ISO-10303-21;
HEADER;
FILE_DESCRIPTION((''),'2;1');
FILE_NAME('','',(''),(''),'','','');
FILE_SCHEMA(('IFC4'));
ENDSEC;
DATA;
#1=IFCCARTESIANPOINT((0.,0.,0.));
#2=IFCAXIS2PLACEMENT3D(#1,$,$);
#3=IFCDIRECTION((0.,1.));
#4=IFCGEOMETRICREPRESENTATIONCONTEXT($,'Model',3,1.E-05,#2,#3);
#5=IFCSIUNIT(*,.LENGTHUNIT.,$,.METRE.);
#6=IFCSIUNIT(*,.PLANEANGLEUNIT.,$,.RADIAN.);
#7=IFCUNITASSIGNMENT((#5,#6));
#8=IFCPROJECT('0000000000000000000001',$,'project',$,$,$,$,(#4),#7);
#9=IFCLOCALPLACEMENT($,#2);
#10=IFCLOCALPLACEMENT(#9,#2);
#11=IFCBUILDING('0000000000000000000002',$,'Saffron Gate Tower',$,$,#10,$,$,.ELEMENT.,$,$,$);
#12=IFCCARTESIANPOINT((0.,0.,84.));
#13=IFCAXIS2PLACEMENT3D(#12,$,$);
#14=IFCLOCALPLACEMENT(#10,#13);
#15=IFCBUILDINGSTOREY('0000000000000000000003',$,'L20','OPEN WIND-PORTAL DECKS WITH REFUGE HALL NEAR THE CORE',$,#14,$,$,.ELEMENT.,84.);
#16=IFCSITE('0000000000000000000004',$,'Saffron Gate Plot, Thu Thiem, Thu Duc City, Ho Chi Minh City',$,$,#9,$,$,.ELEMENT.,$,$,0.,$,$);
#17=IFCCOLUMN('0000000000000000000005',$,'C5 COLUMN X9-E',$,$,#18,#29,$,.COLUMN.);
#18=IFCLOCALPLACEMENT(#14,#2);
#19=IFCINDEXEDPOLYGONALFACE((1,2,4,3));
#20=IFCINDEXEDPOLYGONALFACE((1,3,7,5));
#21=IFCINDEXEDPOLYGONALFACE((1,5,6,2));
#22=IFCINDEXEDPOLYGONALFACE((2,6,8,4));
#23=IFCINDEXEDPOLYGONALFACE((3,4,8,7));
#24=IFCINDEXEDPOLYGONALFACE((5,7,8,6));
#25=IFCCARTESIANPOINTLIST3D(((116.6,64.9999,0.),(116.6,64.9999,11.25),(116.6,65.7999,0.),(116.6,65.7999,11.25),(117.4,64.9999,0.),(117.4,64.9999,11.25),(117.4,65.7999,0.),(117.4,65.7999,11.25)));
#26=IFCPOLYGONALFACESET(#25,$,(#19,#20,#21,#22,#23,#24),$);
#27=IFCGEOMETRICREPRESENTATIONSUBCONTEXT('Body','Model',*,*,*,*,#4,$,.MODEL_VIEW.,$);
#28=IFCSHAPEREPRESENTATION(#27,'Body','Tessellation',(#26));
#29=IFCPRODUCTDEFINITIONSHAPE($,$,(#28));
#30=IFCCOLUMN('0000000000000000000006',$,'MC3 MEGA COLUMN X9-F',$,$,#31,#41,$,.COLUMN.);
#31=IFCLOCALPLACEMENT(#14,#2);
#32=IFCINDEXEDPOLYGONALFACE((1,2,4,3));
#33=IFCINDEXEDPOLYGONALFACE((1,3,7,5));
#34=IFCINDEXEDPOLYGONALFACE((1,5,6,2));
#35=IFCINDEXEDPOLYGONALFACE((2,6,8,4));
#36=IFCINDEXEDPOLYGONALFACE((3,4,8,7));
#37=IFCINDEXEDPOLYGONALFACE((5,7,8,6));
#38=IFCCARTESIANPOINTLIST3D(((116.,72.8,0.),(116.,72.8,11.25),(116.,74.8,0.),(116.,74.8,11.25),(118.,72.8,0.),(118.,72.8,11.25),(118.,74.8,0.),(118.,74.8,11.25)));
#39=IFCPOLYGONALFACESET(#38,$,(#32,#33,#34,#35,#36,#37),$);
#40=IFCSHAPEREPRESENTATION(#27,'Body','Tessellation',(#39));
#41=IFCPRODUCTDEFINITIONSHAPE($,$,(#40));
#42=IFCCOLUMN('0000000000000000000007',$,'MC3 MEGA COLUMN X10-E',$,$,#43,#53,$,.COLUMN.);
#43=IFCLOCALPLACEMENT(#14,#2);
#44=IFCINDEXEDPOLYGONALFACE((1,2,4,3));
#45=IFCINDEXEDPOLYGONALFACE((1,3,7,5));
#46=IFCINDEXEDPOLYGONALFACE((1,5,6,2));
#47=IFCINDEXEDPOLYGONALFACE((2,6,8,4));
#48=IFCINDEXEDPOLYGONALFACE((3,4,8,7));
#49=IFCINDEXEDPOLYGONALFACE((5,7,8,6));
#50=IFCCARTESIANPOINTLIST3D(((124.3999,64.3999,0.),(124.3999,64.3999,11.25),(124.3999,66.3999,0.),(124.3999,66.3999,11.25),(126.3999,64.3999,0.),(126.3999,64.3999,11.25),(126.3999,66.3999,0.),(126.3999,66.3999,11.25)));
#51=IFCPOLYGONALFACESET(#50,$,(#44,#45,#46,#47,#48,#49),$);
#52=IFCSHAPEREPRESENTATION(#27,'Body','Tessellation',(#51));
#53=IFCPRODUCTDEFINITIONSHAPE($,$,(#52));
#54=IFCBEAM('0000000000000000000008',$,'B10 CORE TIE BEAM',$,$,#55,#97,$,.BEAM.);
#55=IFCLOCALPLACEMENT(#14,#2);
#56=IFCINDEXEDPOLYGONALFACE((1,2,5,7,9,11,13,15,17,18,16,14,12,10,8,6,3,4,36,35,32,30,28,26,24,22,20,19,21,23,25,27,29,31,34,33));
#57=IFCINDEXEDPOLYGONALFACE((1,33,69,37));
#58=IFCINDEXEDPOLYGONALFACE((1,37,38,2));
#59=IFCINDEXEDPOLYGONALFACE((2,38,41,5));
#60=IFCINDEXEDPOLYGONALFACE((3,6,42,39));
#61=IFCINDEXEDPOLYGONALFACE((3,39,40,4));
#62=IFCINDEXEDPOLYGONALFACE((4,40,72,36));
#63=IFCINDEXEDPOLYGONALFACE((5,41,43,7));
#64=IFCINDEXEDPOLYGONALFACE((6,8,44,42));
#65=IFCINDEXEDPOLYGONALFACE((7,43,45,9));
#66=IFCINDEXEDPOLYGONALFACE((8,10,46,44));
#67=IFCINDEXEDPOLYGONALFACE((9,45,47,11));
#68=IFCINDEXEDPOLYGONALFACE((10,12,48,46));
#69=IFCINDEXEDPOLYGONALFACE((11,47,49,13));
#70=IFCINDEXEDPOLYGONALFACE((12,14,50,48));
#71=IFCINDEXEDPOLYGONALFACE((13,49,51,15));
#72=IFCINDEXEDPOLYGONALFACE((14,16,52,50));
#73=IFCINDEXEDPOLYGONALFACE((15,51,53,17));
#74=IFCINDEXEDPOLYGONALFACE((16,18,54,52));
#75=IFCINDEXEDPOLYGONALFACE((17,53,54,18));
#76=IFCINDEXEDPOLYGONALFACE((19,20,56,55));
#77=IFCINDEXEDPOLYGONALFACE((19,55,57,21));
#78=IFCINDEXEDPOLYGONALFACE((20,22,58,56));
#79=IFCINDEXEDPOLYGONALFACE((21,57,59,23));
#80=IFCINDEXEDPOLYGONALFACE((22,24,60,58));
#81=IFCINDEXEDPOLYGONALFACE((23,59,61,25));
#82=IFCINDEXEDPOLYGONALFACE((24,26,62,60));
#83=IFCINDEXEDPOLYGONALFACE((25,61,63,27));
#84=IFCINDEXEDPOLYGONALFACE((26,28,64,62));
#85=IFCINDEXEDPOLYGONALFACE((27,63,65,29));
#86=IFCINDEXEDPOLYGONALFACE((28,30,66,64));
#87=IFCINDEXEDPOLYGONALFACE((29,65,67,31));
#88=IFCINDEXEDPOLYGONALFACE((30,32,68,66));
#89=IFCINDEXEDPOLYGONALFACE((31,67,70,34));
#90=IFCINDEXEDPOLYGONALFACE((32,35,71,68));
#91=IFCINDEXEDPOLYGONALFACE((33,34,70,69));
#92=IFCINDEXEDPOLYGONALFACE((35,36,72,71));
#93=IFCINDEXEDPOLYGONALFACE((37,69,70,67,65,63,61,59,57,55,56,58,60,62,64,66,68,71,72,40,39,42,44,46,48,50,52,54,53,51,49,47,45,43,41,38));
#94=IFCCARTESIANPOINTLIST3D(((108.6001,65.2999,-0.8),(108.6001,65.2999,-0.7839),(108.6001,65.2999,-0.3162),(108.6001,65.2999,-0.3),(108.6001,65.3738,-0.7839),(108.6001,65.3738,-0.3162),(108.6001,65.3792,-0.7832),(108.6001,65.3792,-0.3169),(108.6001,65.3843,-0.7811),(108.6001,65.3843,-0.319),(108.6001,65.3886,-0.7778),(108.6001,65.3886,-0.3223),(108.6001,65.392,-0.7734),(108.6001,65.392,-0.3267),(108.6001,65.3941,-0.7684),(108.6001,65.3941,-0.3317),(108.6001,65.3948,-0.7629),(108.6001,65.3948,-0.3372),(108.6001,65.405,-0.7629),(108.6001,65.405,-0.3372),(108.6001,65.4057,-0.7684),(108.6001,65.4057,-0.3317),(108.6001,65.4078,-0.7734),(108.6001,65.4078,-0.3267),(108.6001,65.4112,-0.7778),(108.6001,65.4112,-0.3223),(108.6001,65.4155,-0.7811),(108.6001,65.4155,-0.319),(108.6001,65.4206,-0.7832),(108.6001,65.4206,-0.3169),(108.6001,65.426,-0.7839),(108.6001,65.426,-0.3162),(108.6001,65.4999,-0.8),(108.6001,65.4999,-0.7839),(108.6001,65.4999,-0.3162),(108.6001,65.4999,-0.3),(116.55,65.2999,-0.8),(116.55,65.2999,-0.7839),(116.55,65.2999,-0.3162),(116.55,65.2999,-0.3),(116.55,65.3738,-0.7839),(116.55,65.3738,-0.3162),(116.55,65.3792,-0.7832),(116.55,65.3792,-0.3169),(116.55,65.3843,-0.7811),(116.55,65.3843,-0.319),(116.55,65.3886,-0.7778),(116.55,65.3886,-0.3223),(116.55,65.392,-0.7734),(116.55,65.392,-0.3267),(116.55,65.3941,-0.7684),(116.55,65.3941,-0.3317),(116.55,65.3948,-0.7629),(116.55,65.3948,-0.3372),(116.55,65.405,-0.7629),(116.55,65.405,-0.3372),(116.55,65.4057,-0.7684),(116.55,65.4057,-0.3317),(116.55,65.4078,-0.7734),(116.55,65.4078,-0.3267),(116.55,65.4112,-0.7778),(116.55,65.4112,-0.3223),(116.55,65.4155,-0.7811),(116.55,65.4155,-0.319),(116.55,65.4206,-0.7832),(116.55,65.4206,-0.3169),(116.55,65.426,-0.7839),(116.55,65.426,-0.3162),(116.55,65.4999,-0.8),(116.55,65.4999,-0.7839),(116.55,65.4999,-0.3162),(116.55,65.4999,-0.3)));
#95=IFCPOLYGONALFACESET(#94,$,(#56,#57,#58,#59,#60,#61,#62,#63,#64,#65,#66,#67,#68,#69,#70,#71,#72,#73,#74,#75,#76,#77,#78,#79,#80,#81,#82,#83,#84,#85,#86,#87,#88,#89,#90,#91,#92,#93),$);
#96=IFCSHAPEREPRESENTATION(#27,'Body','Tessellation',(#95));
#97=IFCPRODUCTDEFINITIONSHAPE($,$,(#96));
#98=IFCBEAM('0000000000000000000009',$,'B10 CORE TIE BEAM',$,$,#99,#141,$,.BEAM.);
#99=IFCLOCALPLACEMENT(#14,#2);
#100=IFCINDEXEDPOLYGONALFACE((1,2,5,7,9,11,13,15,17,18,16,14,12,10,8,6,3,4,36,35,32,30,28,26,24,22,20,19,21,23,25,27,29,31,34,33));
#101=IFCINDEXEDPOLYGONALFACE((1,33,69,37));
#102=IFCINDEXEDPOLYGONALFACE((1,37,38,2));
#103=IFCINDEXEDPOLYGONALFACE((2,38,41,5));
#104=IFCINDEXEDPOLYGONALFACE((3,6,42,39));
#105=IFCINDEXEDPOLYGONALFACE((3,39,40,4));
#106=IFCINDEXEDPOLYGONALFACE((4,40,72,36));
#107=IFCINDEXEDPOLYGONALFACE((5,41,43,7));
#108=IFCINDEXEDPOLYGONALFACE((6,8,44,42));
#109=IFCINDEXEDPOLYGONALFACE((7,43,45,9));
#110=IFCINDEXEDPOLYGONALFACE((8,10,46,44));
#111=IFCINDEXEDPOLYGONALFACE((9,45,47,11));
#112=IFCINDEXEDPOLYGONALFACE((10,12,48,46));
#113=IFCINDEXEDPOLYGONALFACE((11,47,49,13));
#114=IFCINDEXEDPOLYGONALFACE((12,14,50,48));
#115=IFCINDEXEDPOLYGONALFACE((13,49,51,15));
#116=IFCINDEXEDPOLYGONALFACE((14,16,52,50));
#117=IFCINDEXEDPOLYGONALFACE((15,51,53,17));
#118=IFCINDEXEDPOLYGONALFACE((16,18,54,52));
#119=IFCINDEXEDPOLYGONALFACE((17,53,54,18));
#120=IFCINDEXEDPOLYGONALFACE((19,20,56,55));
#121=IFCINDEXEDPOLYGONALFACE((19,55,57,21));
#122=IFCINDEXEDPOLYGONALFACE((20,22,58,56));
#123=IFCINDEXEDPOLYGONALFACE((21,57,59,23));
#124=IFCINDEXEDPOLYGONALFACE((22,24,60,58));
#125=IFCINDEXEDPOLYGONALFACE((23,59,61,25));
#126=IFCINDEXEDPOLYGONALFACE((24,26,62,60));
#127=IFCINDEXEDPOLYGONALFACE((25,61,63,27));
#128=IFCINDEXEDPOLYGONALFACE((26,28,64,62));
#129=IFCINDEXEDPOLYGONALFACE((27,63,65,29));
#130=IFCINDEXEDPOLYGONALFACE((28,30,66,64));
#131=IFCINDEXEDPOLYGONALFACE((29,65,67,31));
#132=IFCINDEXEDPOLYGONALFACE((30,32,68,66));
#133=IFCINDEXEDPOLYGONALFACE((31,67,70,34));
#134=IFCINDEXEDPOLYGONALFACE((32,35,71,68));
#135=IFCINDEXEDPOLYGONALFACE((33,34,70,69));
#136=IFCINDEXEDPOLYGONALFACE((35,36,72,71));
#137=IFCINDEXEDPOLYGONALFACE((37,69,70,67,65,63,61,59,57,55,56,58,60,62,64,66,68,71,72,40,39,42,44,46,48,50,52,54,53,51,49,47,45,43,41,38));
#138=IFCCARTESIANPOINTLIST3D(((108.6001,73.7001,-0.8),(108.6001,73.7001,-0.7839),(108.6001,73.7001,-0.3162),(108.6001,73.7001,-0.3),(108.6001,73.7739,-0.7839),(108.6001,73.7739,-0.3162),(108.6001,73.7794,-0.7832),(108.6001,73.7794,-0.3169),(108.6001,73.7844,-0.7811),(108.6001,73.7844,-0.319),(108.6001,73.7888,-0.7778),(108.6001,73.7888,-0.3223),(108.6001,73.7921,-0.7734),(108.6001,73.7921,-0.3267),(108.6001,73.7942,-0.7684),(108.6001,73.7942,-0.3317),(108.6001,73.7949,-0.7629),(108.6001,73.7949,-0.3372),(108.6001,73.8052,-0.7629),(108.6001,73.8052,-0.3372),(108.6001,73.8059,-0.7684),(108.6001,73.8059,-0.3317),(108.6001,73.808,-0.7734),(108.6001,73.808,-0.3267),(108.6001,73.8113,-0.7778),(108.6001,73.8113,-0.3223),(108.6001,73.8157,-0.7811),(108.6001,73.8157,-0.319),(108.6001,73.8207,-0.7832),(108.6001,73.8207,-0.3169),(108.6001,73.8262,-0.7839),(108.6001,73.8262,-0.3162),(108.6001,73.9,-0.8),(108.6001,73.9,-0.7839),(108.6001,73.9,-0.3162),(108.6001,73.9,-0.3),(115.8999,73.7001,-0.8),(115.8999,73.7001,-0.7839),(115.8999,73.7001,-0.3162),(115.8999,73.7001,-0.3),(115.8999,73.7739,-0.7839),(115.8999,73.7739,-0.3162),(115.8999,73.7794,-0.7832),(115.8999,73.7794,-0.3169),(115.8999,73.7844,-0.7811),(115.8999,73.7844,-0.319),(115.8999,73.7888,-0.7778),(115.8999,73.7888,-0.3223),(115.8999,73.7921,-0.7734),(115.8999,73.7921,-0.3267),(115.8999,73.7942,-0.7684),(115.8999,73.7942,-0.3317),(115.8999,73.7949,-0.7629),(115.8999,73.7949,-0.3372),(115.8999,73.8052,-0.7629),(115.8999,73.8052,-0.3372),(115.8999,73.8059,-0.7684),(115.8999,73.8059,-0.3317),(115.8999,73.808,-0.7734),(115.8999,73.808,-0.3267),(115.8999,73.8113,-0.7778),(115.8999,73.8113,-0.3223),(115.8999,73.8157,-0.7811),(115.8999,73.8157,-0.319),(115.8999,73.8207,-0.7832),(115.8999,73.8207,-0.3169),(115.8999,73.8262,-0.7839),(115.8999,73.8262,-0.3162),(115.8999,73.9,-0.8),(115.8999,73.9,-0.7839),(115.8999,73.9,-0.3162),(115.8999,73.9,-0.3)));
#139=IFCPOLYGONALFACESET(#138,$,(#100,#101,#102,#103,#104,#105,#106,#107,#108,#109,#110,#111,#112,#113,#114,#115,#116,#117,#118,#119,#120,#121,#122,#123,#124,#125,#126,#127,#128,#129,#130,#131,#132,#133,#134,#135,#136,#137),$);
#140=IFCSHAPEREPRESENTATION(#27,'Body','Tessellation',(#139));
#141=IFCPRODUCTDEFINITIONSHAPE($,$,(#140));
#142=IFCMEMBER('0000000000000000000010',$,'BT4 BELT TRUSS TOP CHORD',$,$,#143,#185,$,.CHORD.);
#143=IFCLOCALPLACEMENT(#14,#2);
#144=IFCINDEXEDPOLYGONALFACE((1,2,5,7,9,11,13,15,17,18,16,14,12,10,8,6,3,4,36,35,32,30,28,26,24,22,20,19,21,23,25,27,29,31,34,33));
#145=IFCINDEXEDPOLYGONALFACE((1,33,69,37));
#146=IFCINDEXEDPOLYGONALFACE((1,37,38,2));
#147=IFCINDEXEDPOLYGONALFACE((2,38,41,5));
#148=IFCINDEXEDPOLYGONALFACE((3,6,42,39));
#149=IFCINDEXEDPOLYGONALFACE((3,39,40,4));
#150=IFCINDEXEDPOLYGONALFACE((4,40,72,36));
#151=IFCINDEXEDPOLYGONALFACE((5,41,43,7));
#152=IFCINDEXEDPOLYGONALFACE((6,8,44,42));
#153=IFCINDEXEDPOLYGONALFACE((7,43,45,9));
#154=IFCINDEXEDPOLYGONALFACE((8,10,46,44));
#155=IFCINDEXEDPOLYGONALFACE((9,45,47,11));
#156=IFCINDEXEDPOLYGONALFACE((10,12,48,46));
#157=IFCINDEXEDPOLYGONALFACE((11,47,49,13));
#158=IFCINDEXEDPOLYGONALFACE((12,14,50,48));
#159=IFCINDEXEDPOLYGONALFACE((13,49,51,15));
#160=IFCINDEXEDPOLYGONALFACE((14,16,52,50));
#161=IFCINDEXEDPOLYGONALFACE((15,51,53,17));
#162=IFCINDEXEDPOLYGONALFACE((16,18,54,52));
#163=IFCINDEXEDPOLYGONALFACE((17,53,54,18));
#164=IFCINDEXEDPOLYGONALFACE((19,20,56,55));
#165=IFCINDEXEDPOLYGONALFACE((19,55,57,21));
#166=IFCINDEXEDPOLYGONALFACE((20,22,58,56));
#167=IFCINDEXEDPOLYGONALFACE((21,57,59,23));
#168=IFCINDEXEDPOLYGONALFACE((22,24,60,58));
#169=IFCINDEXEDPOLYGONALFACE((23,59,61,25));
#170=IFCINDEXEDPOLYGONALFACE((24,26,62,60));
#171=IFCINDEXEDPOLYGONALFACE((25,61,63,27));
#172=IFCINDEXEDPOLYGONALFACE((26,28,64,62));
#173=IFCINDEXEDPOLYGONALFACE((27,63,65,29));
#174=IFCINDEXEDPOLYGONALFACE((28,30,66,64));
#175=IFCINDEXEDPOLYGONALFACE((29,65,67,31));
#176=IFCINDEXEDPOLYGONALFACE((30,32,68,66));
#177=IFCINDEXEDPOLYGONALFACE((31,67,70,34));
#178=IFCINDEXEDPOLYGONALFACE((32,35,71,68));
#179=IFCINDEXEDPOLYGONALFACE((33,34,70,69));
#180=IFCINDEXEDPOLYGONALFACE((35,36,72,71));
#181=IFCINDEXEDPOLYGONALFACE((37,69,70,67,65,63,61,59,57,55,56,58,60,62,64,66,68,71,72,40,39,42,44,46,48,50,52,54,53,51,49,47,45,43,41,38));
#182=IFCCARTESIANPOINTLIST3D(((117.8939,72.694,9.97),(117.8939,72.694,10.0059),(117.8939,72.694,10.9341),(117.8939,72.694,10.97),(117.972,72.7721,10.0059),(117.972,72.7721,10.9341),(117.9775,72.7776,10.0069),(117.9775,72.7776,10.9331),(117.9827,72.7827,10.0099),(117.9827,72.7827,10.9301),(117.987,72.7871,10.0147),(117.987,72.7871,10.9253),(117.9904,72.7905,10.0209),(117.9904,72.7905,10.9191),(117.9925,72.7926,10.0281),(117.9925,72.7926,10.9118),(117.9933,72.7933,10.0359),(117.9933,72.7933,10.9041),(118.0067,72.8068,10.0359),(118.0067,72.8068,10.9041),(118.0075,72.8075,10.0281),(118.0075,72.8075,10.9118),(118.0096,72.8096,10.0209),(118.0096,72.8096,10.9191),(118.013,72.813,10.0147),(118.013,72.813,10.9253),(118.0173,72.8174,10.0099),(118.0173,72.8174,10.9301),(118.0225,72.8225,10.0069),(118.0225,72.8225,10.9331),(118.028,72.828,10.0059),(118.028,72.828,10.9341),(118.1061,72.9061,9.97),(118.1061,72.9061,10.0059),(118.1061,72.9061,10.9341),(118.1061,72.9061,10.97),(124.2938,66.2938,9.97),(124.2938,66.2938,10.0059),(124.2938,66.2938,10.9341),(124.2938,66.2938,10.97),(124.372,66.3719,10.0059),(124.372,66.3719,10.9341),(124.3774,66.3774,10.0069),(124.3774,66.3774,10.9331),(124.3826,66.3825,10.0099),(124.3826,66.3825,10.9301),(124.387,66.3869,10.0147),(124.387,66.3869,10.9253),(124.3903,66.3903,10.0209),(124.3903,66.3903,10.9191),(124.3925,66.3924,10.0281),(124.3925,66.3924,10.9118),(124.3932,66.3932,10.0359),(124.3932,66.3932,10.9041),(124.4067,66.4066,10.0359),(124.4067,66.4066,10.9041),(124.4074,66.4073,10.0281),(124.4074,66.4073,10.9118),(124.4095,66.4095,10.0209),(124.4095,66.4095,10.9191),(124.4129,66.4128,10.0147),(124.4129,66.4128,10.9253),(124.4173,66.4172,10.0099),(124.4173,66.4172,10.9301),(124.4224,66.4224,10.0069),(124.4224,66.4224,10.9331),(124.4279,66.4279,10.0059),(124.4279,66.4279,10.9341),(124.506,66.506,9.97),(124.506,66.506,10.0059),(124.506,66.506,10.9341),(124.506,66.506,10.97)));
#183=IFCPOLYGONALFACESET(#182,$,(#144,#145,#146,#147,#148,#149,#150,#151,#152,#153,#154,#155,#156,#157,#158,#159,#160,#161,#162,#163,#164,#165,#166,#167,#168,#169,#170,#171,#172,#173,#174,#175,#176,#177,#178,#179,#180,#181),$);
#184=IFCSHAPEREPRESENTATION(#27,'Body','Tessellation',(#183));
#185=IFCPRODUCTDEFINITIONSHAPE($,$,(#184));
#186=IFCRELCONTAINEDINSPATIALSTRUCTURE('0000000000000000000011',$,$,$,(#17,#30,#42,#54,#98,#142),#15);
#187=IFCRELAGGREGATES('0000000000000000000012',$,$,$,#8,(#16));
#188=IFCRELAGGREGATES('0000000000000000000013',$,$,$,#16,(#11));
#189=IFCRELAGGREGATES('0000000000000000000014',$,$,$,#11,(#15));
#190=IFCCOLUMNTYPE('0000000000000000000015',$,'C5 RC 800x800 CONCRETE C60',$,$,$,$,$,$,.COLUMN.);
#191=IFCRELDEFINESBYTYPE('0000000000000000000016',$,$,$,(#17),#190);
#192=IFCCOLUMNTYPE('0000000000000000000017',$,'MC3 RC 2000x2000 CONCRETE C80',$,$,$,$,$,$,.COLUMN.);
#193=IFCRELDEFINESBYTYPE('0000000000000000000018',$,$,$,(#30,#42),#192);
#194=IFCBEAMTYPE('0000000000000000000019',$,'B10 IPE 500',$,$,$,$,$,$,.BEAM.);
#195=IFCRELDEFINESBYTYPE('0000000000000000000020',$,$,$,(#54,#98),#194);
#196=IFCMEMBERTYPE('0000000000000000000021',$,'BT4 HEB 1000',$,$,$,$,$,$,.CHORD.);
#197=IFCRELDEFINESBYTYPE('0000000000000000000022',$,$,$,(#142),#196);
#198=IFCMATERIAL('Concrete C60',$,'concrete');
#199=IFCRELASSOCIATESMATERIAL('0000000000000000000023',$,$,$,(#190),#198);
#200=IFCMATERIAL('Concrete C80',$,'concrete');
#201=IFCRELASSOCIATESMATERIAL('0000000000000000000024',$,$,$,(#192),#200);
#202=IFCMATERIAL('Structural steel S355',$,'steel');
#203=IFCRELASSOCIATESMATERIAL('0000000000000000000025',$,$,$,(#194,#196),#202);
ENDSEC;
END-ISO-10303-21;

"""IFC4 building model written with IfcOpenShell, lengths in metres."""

from ifc_helpers import new_model, si_unit, direction, frame, origin, origin_2d, place, context, subcontext, project, spatial, rectangle, i_section, extrude, material, material_profile, profile_set, type_object, element, save


model = new_model("IFC4")

# Units and contexts
model_context = context("Model", 3, precision=1e-05, world=origin(), true_north=direction((0.0, 1.0)))
body_context = subcontext(model_context, "Body", "Model", "MODEL_VIEW")
ifc_project = project(units=[si_unit("LENGTHUNIT", "METRE"), si_unit("PLANEANGLEUNIT", "RADIAN")], contexts=[model_context])

# Site, building, storey
site_placement = place(None, origin())
site = spatial("IfcSite", under=ifc_project, at=site_placement, Name="Saffron Gate Plot, Thu Thiem, Thu Duc City, Ho Chi Minh City", CompositionType="ELEMENT", RefElevation=0.0)
building_placement = place(site_placement, origin())
building = spatial("IfcBuilding", under=site, at=building_placement, Name="Saffron Gate Tower", CompositionType="ELEMENT")
storey_placement = place(building_placement, frame((0.0, 0.0, 84.0)))
storey = spatial("IfcBuildingStorey", under=building, at=storey_placement, Name="L20", Description="OPEN WIND-PORTAL DECKS WITH REFUGE HALL NEAR THE CORE", CompositionType="ELEMENT", Elevation=84.0)

# Columns
ifc_material_1 = material(Name="Concrete C60", Category="concrete")
ifc_material_profile_1 = material_profile(ifc_material_1, rectangle(XDim=0.8, YDim=0.8, at=origin_2d()))
ifc_profile_set_1 = profile_set([ifc_material_profile_1], Name="Concrete C60")
column_type_1 = type_object("IfcColumnType", Name="C5 RC 800x800 CONCRETE C60", PredefinedType="COLUMN", material=ifc_profile_set_1)
column_placement = place(storey_placement, frame((117.0, 65.3999, 0.0), z_axis=(0.0, 0.0, 1.0), x_axis=(1.0, 0.0, 0.0)))
element("IfcColumn", 1, at=column_placement, inside=storey, type_object=column_type_1, Name="C5 COLUMN X9-E", PredefinedType="COLUMN", context=body_context, shape_type="SweptSolid", body=[
    extrude(rectangle(XDim=0.8, YDim=0.8, at=origin_2d()), origin(), (0.0, 0.0, 1.0), 11.25),
])
ifc_material_2 = material(Name="Concrete C80", Category="concrete")
ifc_material_profile_2 = material_profile(ifc_material_2, rectangle(XDim=2.0, YDim=2.0, at=origin_2d()))
ifc_profile_set_2 = profile_set([ifc_material_profile_2], Name="Concrete C80")
column_type_2 = type_object("IfcColumnType", Name="MC3 RC 2000x2000 CONCRETE C80", PredefinedType="COLUMN", material=ifc_profile_set_2)
for number, where, z_axis, x_axis, name in (
    (2, (117.0, 73.8, 0.0), (0.0, 0.0, 1.0), (1.0, 0.0, 0.0), "MC3 MEGA COLUMN X9-F"),
    (3, (125.3999, 65.3999, 0.0), (0.0, 0.0, 1.0), (1.0, 0.0, 0.0), "MC3 MEGA COLUMN X10-E"),
):
    element("IfcColumn", number, at=place(storey_placement, frame(where, z_axis=z_axis, x_axis=x_axis)), inside=storey, type_object=column_type_2, Name=name, PredefinedType="COLUMN", context=body_context, shape_type="SweptSolid", body=[
        extrude(rectangle(XDim=2.0, YDim=2.0, at=origin_2d()), origin(), (0.0, 0.0, 1.0), 11.25),
    ])

# Beams
ifc_material_3 = material(Name="Structural steel S355", Category="steel")
ifc_material_profile_3 = material_profile(ifc_material_3, i_section(OverallWidth=0.2, OverallDepth=0.5, WebThickness=0.0103, FlangeThickness=0.0161, FilletRadius=0.021, at=origin_2d()))
ifc_profile_set_3 = profile_set([ifc_material_profile_3], Name="Structural steel S355")
beam_type_1 = type_object("IfcBeamType", Name="B10 IPE 500", PredefinedType="BEAM", material=ifc_profile_set_3)
beam_1_placement = place(storey_placement, frame((116.55, 65.3999, -0.55), z_axis=(-1.0, 0.0, 0.0), x_axis=(0.0, -1.0, 0.0)))
element("IfcBeam", 4, at=beam_1_placement, inside=storey, type_object=beam_type_1, Name="B10 CORE TIE BEAM", PredefinedType="BEAM", context=body_context, shape_type="SweptSolid", body=[
    extrude(i_section(OverallWidth=0.2, OverallDepth=0.5, WebThickness=0.0103, FlangeThickness=0.0161, FilletRadius=0.021, at=origin_2d()), origin(), (0.0, 0.0, 1.0), 7.95),
])
beam_2_placement = place(storey_placement, frame((115.8999, 73.8, -0.55), z_axis=(-1.0, 0.0, 0.0), x_axis=(0.0, -1.0, 0.0)))
element("IfcBeam", 5, at=beam_2_placement, inside=storey, type_object=beam_type_1, Name="B10 CORE TIE BEAM", PredefinedType="BEAM", context=body_context, shape_type="SweptSolid", body=[
    extrude(i_section(OverallWidth=0.2, OverallDepth=0.5, WebThickness=0.0103, FlangeThickness=0.0161, FilletRadius=0.021, at=origin_2d()), origin(), (0.0, 0.0, 1.0), 7.2998),
])

# Member
ifc_material_profile_4 = material_profile(ifc_material_3, i_section(OverallWidth=0.3, OverallDepth=1.0, WebThickness=0.019, FlangeThickness=0.0359, FilletRadius=0.03, at=origin_2d()))
ifc_profile_set_4 = profile_set([ifc_material_profile_4], Name="Structural steel S355")
member_type_1 = type_object("IfcMemberType", Name="BT4 HEB 1000", PredefinedType="CHORD", material=ifc_profile_set_4)
for number, where, z_axis, x_axis, name in (
    (6, (118.0, 72.8, 10.47), (0.707093, -0.70712, 0.0), (0.70712, 0.707093, 0.0), "BT4 BELT TRUSS TOP CHORD"),
):
    element("IfcMember", number, at=place(storey_placement, frame(where, z_axis=z_axis, x_axis=x_axis)), inside=storey, type_object=member_type_1, Name=name, PredefinedType="CHORD", context=body_context, shape_type="SweptSolid", body=[
        extrude(i_section(OverallWidth=0.3, OverallDepth=1.0, WebThickness=0.019, FlangeThickness=0.0359, FilletRadius=0.03, at=origin_2d()), origin(), (0.0, 0.0, 1.0), 9.051),
    ])

save(model, "model.ifc")
